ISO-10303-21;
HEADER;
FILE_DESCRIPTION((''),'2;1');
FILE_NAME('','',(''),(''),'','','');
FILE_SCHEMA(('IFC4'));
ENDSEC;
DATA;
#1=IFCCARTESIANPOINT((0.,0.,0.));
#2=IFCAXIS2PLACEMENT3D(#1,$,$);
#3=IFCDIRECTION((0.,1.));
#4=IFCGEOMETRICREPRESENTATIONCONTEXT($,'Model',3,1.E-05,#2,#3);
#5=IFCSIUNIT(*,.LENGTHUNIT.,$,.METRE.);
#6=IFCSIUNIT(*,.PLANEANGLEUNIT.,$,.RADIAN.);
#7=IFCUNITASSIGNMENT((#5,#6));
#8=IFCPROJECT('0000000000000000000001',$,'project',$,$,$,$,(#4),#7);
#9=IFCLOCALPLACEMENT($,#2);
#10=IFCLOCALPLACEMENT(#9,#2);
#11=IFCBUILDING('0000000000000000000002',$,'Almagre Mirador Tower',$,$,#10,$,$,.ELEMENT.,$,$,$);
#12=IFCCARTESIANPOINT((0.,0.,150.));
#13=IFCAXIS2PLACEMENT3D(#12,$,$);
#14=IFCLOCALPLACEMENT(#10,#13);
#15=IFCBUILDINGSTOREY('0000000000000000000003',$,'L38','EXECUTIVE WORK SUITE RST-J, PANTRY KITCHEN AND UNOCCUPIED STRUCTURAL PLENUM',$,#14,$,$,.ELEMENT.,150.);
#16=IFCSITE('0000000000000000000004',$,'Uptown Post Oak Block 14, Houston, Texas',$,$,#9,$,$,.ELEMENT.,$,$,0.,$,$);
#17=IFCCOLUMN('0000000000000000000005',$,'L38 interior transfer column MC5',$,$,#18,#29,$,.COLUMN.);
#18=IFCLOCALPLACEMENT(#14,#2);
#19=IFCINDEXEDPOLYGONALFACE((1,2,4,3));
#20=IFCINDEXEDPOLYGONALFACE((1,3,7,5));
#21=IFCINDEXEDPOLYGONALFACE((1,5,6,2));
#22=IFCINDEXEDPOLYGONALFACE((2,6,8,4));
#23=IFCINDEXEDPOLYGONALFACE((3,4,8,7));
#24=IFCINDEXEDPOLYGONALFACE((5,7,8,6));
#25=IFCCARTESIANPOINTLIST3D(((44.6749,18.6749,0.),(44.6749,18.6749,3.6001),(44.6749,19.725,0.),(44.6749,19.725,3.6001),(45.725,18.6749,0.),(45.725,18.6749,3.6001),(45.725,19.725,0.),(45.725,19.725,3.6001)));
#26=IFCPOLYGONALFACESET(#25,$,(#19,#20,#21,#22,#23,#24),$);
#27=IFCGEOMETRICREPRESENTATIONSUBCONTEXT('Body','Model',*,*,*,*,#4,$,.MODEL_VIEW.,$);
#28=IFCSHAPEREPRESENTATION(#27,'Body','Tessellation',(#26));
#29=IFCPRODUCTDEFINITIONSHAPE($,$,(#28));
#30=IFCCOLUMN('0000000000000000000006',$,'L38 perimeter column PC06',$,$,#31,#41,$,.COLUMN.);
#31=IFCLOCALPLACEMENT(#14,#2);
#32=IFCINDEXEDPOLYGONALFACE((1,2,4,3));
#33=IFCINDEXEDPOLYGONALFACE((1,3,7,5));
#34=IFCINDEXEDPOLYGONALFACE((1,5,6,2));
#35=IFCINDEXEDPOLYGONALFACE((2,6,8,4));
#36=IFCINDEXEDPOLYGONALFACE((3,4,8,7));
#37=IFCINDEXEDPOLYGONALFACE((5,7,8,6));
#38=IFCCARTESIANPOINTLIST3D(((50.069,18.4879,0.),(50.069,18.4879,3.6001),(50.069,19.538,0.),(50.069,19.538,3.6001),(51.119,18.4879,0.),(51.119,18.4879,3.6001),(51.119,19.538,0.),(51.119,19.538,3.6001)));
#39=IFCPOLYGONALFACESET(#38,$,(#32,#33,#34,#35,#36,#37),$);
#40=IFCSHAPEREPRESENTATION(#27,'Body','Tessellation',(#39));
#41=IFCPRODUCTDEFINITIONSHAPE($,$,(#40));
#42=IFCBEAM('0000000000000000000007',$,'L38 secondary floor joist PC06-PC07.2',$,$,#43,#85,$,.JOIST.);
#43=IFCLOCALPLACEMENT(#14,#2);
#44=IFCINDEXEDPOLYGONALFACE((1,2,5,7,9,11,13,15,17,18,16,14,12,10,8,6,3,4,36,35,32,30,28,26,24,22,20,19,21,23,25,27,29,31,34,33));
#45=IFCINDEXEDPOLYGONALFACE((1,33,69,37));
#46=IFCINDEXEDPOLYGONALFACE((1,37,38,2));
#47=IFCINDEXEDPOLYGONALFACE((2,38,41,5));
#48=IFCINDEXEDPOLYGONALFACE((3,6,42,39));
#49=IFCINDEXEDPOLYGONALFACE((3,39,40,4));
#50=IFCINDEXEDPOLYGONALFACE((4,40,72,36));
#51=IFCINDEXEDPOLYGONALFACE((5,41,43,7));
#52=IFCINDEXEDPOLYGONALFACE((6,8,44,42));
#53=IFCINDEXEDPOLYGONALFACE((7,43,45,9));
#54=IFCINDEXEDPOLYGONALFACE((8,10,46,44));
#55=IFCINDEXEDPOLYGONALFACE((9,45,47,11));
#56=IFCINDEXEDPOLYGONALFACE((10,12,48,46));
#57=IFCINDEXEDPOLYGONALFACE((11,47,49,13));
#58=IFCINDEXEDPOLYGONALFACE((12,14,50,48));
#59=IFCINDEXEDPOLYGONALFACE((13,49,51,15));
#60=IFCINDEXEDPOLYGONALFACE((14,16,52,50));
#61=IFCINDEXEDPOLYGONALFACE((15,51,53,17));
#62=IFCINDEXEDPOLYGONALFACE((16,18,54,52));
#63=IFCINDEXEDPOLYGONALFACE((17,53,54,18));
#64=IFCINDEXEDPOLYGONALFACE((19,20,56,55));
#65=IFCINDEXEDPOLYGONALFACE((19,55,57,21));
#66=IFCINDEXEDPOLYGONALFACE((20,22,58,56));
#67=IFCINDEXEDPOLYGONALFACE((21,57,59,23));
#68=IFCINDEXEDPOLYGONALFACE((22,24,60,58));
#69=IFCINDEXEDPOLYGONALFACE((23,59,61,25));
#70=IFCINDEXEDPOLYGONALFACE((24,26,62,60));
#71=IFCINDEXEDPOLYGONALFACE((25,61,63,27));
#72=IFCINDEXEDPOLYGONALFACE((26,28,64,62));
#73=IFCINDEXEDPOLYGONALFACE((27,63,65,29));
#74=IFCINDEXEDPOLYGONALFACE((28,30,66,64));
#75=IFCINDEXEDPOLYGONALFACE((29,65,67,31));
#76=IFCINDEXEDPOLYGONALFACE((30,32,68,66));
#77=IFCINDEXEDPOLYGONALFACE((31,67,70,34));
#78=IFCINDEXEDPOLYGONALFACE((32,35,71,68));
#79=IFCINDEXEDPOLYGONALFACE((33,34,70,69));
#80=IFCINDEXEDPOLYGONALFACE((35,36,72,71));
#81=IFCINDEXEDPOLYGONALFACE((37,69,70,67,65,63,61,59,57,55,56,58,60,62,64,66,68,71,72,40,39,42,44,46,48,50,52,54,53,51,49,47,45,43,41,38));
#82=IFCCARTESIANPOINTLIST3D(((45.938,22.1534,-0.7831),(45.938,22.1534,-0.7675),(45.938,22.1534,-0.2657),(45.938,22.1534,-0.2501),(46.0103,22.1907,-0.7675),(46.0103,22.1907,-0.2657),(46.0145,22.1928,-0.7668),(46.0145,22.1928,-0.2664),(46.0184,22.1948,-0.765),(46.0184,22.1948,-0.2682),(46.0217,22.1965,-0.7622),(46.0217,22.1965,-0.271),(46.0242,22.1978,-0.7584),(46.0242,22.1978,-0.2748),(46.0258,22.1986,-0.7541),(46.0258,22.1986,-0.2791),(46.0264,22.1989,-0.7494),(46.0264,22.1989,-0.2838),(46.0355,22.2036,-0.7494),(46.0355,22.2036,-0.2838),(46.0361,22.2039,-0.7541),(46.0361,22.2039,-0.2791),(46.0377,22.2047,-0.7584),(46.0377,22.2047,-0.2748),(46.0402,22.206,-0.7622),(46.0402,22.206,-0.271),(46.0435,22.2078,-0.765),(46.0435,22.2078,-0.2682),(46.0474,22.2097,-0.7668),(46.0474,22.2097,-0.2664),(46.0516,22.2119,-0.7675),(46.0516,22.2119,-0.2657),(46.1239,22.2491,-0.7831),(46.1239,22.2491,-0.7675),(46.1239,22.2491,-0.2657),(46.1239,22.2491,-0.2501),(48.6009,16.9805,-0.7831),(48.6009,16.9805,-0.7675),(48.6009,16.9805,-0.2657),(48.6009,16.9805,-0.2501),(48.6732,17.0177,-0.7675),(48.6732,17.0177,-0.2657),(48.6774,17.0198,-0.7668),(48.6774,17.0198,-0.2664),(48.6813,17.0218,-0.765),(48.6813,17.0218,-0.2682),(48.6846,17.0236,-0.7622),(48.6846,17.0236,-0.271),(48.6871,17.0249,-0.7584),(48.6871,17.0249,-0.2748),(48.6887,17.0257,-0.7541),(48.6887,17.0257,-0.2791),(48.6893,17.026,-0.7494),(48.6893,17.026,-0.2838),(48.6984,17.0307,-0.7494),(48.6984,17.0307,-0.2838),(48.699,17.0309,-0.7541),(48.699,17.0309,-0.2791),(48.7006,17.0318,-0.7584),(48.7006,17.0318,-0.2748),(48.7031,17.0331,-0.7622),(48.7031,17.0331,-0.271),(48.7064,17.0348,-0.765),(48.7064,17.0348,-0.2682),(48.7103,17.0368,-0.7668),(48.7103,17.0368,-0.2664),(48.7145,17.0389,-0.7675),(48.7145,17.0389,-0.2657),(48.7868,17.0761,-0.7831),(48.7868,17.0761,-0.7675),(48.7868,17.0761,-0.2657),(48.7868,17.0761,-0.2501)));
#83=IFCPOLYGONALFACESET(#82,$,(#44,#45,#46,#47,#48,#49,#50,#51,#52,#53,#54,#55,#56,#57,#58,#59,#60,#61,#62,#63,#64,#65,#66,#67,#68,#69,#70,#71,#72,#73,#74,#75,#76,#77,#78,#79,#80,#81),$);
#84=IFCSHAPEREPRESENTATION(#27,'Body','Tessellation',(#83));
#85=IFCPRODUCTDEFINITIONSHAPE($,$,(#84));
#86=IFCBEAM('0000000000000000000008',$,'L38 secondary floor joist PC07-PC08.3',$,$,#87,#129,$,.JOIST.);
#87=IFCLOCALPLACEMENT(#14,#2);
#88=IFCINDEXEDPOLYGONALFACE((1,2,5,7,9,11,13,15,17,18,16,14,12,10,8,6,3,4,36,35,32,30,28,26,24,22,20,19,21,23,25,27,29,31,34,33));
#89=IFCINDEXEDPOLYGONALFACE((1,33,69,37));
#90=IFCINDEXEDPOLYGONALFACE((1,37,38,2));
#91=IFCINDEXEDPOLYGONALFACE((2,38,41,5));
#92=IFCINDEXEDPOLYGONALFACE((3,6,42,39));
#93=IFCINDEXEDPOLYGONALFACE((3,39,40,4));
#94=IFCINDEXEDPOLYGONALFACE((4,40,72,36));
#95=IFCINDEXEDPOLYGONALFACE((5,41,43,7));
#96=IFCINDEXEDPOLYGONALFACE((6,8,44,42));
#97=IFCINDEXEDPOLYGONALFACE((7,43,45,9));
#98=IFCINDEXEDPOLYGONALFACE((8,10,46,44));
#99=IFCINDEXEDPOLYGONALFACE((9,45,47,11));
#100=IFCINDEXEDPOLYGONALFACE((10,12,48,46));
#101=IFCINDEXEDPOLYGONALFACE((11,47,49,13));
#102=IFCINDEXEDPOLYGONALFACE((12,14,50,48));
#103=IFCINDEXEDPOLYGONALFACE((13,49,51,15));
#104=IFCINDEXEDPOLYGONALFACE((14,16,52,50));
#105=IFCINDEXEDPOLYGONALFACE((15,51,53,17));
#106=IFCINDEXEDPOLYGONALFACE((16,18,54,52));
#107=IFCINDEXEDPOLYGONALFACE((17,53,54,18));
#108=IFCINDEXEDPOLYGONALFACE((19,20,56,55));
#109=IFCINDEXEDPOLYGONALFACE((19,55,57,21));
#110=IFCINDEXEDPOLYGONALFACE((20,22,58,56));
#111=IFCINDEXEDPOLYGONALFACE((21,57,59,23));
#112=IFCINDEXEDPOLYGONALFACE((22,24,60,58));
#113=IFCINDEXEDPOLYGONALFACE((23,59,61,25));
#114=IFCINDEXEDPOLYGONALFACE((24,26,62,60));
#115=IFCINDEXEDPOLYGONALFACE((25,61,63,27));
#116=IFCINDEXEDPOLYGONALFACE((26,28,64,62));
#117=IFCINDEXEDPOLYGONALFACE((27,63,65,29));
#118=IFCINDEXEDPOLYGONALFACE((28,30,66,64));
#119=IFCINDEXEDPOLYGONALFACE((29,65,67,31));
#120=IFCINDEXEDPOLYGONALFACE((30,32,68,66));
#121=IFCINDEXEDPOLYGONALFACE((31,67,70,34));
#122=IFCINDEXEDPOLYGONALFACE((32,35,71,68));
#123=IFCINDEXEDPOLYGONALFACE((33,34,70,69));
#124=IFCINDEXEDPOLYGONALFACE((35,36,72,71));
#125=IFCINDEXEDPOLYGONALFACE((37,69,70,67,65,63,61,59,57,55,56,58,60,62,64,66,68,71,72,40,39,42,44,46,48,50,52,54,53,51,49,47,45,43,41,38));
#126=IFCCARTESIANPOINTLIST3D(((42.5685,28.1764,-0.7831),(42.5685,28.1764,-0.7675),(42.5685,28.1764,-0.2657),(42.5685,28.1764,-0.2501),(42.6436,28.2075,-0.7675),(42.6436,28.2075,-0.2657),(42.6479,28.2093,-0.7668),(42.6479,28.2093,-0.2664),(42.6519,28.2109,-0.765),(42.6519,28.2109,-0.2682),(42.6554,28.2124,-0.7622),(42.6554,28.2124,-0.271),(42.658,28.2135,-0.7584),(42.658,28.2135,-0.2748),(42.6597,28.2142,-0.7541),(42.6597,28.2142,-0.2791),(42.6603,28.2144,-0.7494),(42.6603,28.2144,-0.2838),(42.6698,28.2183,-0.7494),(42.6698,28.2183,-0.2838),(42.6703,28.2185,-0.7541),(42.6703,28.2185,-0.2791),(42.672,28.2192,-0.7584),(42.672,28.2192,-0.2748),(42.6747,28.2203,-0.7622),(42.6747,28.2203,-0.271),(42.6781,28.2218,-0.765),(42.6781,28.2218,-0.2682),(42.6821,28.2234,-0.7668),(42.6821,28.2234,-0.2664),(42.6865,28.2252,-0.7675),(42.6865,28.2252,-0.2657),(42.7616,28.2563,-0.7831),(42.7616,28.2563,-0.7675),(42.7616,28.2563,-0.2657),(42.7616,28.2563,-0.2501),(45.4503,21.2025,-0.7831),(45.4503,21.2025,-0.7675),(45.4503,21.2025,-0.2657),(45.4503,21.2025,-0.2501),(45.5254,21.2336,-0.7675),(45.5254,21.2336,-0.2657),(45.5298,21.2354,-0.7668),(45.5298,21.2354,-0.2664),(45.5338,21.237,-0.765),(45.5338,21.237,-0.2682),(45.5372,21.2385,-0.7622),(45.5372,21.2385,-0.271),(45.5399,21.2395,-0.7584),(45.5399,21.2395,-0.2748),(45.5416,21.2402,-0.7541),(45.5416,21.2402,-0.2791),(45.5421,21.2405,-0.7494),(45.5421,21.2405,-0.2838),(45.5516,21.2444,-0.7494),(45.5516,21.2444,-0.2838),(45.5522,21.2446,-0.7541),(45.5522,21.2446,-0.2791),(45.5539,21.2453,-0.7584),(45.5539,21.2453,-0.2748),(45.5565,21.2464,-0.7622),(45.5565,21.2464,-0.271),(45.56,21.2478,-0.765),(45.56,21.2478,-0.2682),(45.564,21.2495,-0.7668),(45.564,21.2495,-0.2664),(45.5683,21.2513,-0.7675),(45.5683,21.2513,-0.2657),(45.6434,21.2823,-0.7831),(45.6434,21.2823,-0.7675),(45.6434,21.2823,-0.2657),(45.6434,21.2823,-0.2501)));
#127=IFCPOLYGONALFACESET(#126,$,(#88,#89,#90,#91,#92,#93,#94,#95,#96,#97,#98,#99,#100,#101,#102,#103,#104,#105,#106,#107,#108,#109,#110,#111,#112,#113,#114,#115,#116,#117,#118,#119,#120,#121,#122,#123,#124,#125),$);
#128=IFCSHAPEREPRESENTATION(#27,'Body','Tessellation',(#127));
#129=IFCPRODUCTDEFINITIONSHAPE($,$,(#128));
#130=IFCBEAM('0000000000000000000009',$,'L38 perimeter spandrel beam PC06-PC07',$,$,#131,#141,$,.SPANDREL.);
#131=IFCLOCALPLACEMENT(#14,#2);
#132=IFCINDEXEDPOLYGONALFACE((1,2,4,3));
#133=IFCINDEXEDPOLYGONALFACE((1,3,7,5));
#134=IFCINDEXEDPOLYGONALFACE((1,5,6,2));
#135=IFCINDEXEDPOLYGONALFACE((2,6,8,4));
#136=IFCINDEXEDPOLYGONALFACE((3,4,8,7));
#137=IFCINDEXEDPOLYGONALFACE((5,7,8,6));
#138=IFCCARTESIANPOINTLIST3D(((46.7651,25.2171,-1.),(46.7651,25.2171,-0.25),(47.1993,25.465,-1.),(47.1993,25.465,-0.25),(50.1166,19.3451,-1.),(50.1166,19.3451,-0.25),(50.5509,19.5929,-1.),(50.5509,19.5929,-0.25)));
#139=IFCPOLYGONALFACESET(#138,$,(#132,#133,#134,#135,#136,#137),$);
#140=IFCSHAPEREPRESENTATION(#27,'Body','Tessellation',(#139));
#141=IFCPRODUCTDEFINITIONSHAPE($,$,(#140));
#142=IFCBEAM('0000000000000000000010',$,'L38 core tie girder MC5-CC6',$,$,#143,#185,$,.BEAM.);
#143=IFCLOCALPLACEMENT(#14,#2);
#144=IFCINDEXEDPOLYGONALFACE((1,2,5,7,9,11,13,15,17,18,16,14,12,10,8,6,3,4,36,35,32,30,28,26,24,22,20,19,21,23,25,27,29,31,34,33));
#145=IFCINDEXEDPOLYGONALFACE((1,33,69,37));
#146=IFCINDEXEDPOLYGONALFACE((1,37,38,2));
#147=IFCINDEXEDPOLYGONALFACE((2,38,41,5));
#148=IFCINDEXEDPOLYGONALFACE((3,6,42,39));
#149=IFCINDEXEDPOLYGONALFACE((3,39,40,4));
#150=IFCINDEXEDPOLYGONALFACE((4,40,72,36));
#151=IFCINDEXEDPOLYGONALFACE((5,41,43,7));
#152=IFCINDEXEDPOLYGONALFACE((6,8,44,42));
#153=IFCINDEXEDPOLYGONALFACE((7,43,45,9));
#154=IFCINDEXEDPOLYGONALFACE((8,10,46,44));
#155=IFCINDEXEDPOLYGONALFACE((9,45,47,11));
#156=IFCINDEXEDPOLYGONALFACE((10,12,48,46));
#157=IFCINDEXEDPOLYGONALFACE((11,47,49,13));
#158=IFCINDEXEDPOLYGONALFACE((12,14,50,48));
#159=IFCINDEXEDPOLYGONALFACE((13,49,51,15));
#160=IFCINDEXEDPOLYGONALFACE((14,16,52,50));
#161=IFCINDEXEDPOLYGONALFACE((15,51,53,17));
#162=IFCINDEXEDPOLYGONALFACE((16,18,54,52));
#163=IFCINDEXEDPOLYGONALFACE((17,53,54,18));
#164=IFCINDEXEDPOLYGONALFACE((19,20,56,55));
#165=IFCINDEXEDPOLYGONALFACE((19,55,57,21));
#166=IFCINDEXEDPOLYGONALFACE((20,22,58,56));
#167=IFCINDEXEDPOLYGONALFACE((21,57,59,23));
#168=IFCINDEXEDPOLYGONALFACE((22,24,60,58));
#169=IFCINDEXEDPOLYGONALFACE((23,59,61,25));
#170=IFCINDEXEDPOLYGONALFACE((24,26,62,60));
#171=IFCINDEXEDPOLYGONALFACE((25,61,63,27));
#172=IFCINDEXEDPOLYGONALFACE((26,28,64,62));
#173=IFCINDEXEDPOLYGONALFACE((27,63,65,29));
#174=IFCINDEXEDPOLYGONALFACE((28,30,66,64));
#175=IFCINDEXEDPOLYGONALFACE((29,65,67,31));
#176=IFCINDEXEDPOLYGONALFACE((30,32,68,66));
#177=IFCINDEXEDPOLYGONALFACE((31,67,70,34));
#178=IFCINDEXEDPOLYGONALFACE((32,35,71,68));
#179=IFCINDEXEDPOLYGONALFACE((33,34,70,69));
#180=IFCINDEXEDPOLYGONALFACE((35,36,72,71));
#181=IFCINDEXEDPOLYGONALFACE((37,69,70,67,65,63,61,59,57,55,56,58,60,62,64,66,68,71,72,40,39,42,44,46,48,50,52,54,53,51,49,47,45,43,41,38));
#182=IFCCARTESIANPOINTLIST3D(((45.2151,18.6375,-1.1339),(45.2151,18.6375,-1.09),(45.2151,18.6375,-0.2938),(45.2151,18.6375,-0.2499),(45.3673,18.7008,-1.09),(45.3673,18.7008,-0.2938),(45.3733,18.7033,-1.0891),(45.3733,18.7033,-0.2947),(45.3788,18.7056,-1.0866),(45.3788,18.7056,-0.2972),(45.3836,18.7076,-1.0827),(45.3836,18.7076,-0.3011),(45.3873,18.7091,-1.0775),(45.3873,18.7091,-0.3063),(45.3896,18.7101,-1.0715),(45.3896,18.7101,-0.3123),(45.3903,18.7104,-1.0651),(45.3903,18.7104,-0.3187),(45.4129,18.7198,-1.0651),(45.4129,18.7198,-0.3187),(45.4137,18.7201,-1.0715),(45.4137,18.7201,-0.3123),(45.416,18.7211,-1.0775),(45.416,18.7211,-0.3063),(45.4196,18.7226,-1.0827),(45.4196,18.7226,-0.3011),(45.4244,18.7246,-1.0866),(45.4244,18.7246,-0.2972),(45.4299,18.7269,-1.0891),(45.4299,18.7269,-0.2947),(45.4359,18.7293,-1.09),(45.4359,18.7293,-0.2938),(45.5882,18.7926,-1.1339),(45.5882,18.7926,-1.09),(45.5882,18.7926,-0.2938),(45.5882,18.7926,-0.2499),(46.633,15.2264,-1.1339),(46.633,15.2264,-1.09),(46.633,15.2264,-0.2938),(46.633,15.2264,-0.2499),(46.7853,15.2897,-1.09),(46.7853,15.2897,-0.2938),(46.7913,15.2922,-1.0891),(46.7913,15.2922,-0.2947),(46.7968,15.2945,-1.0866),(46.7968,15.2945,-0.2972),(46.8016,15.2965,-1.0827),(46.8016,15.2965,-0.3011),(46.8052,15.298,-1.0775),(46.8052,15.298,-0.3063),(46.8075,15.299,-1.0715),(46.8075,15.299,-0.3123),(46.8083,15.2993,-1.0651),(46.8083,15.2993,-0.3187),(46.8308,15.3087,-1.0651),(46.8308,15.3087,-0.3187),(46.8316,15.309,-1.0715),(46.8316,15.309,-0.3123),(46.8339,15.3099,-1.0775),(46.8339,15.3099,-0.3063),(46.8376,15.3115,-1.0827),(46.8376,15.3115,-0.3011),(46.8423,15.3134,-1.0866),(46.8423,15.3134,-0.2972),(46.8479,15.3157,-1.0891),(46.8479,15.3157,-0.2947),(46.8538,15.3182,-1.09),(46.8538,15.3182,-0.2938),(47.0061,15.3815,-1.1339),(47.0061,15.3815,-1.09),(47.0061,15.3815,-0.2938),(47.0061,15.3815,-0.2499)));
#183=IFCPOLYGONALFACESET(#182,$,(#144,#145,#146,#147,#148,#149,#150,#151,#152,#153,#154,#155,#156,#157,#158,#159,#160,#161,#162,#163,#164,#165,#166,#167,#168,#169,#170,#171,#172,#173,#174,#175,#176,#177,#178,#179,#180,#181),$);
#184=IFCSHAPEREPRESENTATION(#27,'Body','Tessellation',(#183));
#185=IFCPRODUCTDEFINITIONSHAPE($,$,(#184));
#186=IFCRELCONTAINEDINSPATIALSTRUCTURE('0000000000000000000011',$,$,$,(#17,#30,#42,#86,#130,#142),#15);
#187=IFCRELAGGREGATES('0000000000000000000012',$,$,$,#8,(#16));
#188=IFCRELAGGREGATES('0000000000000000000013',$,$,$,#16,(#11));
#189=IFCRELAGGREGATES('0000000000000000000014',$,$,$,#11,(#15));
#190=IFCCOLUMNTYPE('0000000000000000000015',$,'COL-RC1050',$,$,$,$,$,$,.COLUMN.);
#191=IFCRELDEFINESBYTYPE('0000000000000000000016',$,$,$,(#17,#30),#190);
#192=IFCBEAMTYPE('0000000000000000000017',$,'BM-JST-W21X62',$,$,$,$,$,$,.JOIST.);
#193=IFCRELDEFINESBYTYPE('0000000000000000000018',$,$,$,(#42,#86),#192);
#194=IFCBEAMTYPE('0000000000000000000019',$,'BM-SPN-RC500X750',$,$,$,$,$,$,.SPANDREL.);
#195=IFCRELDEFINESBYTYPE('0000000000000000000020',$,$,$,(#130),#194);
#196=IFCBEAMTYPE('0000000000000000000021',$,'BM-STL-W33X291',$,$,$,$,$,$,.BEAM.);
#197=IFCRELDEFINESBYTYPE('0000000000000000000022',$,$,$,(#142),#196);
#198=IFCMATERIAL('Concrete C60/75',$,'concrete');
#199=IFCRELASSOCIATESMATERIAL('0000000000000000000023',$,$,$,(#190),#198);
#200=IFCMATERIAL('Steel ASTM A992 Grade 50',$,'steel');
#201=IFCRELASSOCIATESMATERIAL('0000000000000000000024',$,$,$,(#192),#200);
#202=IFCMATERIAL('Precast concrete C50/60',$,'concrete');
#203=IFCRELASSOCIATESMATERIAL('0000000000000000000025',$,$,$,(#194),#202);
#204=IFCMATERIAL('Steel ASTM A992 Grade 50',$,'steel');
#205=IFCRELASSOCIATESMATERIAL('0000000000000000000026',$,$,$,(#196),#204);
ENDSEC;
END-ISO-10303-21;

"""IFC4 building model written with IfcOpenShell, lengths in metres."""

from ifc_helpers import new_model, si_unit, direction, frame, origin, origin_2d, place, context, subcontext, project, spatial, rectangle, i_section, extrude, material, material_profile, profile_set, type_object, element, save


model = new_model("IFC4")

# Units and contexts
model_context = context("Model", 3, precision=1e-05, world=origin(), true_north=direction((0.0, 1.0)))
body_context = subcontext(model_context, "Body", "Model", "MODEL_VIEW")
ifc_project = project(units=[si_unit("LENGTHUNIT", "METRE"), si_unit("PLANEANGLEUNIT", "RADIAN")], contexts=[model_context])

# Site, building, storey
site_placement = place(None, origin())
site = spatial("IfcSite", under=ifc_project, at=site_placement, Name="Uptown Post Oak Block 14, Houston, Texas", CompositionType="ELEMENT", RefElevation=0.0)
building_placement = place(site_placement, origin())
building = spatial("IfcBuilding", under=site, at=building_placement, Name="Almagre Mirador Tower", CompositionType="ELEMENT")
storey_placement = place(building_placement, frame((0.0, 0.0, 150.0)))
storey = spatial("IfcBuildingStorey", under=building, at=storey_placement, Name="L38", Description="EXECUTIVE WORK SUITE RST-J, PANTRY KITCHEN AND UNOCCUPIED STRUCTURAL PLENUM", CompositionType="ELEMENT", Elevation=150.0)

# Columns
ifc_material_1 = material(Name="Concrete C60/75", Category="concrete")
ifc_material_profile_1 = material_profile(ifc_material_1, rectangle(XDim=1.05, YDim=1.05, at=origin_2d()), Name="RC1050X1050")
ifc_profile_set_1 = profile_set([ifc_material_profile_1], Name="Concrete C60/75")
column_type = type_object("IfcColumnType", Name="COL-RC1050", PredefinedType="COLUMN", material=ifc_profile_set_1)
for number, where, z_axis, x_axis, name in (
    (1, (45.2, 19.2, 0.0), (0.0, 0.0, 1.0), (1.0, 0.0, 0.0), "L38 interior transfer column MC5"),
    (2, (50.594, 19.0129, 0.0), (0.0, 0.0, 1.0), (1.0, 0.0, 0.0), "L38 perimeter column PC06"),
):
    element("IfcColumn", number, at=place(storey_placement, frame(where, z_axis=z_axis, x_axis=x_axis)), inside=storey, type_object=column_type, Name=name, PredefinedType="COLUMN", context=body_context, shape_type="SweptSolid", body=[
        extrude(rectangle(XDim=1.05, YDim=1.05, at=origin_2d()), origin(), (0.0, 0.0, 1.0), 3.6001),
    ])

# Beams
ifc_material_2 = material(Name="Steel ASTM A992 Grade 50", Category="steel")
ifc_material_profile_2 = material_profile(ifc_material_2, i_section(OverallWidth=0.209, OverallDepth=0.533, WebThickness=0.0103, FlangeThickness=0.0156, FilletRadius=0.0181, at=origin_2d()), Name="W21X62")
ifc_profile_set_2 = profile_set([ifc_material_profile_2], Name="Steel ASTM A992 Grade 50")
beam_type_1 = type_object("IfcBeamType", Name="BM-JST-W21X62", PredefinedType="JOIST", material=ifc_profile_set_2)
beam_1_placement = place(storey_placement, frame((48.6938, 17.0283, -0.5166), z_axis=(-0.45769, 0.889112, 0.0), x_axis=(-0.889112, -0.45769, 0.0)))
element("IfcBeam", 3, at=beam_1_placement, inside=storey, type_object=beam_type_1, Name="L38 secondary floor joist PC06-PC07.2", PredefinedType="JOIST", context=body_context, shape_type="SweptSolid", body=[
    extrude(i_section(OverallWidth=0.209, OverallDepth=0.533, WebThickness=0.0103, FlangeThickness=0.0156, FilletRadius=0.0181, at=origin_2d()), origin(), (0.0, 0.0, 1.0), 5.8181),
])
beam_2_placement = place(storey_placement, frame((45.5469, 21.2424, -0.5166), z_axis=(-0.38191, 0.9242, 0.0), x_axis=(-0.9242, -0.38191, 0.0)))
element("IfcBeam", 4, at=beam_2_placement, inside=storey, type_object=beam_type_1, Name="L38 secondary floor joist PC07-PC08.3", PredefinedType="JOIST", context=body_context, shape_type="SweptSolid", body=[
    extrude(i_section(OverallWidth=0.209, OverallDepth=0.533, WebThickness=0.0103, FlangeThickness=0.0156, FilletRadius=0.0181, at=origin_2d()), origin(), (0.0, 0.0, 1.0), 7.5459),
])
ifc_material_3 = material(Name="Precast concrete C50/60", Category="concrete")
ifc_material_profile_3 = material_profile(ifc_material_3, rectangle(XDim=0.5, YDim=0.75, at=origin_2d()), Name="RC500X750")
ifc_profile_set_3 = profile_set([ifc_material_profile_3], Name="Precast concrete C50/60")
beam_type_2 = type_object("IfcBeamType", Name="BM-SPN-RC500X750", PredefinedType="SPANDREL", material=ifc_profile_set_3)
beam_3_placement = place(storey_placement, frame((50.3337, 19.469, -0.625), z_axis=(-0.495703, 0.868492, 0.0), x_axis=(-0.868492, -0.495703, 0.0)))
element("IfcBeam", 5, at=beam_3_placement, inside=storey, type_object=beam_type_2, Name="L38 perimeter spandrel beam PC06-PC07", PredefinedType="SPANDREL", context=body_context, shape_type="SweptSolid", body=[
    extrude(rectangle(XDim=0.5, YDim=0.75, at=origin_2d()), origin(), (0.0, 0.0, 1.0), 6.7612),
])
ifc_material_4 = material(Name="Steel ASTM A992 Grade 50", Category="steel")
ifc_material_profile_4 = material_profile(ifc_material_4, i_section(OverallWidth=0.4041, OverallDepth=0.884, WebThickness=0.0244, FlangeThickness=0.0439, FilletRadius=0.0249, at=origin_2d()), Name="W33X291")
ifc_profile_set_4 = profile_set([ifc_material_profile_4], Name="Steel ASTM A992 Grade 50")
beam_type_3 = type_object("IfcBeamType", Name="BM-STL-W33X291", PredefinedType="BEAM", material=ifc_profile_set_4)
beam_4_placement = place(storey_placement, frame((45.4016, 18.7151, -0.6919), z_axis=(0.383846, -0.923397, 0.0), x_axis=(0.923397, 0.383846, 0.0)))
element("IfcBeam", 6, at=beam_4_placement, inside=storey, type_object=beam_type_3, Name="L38 core tie girder MC5-CC6", PredefinedType="BEAM", context=body_context, shape_type="SweptSolid", body=[
    extrude(i_section(OverallWidth=0.4041, OverallDepth=0.884, WebThickness=0.0244, FlangeThickness=0.0439, FilletRadius=0.0249, at=origin_2d()), origin(), (0.0, 0.0, 1.0), 3.6941),
])

save(model, "model.ifc")
